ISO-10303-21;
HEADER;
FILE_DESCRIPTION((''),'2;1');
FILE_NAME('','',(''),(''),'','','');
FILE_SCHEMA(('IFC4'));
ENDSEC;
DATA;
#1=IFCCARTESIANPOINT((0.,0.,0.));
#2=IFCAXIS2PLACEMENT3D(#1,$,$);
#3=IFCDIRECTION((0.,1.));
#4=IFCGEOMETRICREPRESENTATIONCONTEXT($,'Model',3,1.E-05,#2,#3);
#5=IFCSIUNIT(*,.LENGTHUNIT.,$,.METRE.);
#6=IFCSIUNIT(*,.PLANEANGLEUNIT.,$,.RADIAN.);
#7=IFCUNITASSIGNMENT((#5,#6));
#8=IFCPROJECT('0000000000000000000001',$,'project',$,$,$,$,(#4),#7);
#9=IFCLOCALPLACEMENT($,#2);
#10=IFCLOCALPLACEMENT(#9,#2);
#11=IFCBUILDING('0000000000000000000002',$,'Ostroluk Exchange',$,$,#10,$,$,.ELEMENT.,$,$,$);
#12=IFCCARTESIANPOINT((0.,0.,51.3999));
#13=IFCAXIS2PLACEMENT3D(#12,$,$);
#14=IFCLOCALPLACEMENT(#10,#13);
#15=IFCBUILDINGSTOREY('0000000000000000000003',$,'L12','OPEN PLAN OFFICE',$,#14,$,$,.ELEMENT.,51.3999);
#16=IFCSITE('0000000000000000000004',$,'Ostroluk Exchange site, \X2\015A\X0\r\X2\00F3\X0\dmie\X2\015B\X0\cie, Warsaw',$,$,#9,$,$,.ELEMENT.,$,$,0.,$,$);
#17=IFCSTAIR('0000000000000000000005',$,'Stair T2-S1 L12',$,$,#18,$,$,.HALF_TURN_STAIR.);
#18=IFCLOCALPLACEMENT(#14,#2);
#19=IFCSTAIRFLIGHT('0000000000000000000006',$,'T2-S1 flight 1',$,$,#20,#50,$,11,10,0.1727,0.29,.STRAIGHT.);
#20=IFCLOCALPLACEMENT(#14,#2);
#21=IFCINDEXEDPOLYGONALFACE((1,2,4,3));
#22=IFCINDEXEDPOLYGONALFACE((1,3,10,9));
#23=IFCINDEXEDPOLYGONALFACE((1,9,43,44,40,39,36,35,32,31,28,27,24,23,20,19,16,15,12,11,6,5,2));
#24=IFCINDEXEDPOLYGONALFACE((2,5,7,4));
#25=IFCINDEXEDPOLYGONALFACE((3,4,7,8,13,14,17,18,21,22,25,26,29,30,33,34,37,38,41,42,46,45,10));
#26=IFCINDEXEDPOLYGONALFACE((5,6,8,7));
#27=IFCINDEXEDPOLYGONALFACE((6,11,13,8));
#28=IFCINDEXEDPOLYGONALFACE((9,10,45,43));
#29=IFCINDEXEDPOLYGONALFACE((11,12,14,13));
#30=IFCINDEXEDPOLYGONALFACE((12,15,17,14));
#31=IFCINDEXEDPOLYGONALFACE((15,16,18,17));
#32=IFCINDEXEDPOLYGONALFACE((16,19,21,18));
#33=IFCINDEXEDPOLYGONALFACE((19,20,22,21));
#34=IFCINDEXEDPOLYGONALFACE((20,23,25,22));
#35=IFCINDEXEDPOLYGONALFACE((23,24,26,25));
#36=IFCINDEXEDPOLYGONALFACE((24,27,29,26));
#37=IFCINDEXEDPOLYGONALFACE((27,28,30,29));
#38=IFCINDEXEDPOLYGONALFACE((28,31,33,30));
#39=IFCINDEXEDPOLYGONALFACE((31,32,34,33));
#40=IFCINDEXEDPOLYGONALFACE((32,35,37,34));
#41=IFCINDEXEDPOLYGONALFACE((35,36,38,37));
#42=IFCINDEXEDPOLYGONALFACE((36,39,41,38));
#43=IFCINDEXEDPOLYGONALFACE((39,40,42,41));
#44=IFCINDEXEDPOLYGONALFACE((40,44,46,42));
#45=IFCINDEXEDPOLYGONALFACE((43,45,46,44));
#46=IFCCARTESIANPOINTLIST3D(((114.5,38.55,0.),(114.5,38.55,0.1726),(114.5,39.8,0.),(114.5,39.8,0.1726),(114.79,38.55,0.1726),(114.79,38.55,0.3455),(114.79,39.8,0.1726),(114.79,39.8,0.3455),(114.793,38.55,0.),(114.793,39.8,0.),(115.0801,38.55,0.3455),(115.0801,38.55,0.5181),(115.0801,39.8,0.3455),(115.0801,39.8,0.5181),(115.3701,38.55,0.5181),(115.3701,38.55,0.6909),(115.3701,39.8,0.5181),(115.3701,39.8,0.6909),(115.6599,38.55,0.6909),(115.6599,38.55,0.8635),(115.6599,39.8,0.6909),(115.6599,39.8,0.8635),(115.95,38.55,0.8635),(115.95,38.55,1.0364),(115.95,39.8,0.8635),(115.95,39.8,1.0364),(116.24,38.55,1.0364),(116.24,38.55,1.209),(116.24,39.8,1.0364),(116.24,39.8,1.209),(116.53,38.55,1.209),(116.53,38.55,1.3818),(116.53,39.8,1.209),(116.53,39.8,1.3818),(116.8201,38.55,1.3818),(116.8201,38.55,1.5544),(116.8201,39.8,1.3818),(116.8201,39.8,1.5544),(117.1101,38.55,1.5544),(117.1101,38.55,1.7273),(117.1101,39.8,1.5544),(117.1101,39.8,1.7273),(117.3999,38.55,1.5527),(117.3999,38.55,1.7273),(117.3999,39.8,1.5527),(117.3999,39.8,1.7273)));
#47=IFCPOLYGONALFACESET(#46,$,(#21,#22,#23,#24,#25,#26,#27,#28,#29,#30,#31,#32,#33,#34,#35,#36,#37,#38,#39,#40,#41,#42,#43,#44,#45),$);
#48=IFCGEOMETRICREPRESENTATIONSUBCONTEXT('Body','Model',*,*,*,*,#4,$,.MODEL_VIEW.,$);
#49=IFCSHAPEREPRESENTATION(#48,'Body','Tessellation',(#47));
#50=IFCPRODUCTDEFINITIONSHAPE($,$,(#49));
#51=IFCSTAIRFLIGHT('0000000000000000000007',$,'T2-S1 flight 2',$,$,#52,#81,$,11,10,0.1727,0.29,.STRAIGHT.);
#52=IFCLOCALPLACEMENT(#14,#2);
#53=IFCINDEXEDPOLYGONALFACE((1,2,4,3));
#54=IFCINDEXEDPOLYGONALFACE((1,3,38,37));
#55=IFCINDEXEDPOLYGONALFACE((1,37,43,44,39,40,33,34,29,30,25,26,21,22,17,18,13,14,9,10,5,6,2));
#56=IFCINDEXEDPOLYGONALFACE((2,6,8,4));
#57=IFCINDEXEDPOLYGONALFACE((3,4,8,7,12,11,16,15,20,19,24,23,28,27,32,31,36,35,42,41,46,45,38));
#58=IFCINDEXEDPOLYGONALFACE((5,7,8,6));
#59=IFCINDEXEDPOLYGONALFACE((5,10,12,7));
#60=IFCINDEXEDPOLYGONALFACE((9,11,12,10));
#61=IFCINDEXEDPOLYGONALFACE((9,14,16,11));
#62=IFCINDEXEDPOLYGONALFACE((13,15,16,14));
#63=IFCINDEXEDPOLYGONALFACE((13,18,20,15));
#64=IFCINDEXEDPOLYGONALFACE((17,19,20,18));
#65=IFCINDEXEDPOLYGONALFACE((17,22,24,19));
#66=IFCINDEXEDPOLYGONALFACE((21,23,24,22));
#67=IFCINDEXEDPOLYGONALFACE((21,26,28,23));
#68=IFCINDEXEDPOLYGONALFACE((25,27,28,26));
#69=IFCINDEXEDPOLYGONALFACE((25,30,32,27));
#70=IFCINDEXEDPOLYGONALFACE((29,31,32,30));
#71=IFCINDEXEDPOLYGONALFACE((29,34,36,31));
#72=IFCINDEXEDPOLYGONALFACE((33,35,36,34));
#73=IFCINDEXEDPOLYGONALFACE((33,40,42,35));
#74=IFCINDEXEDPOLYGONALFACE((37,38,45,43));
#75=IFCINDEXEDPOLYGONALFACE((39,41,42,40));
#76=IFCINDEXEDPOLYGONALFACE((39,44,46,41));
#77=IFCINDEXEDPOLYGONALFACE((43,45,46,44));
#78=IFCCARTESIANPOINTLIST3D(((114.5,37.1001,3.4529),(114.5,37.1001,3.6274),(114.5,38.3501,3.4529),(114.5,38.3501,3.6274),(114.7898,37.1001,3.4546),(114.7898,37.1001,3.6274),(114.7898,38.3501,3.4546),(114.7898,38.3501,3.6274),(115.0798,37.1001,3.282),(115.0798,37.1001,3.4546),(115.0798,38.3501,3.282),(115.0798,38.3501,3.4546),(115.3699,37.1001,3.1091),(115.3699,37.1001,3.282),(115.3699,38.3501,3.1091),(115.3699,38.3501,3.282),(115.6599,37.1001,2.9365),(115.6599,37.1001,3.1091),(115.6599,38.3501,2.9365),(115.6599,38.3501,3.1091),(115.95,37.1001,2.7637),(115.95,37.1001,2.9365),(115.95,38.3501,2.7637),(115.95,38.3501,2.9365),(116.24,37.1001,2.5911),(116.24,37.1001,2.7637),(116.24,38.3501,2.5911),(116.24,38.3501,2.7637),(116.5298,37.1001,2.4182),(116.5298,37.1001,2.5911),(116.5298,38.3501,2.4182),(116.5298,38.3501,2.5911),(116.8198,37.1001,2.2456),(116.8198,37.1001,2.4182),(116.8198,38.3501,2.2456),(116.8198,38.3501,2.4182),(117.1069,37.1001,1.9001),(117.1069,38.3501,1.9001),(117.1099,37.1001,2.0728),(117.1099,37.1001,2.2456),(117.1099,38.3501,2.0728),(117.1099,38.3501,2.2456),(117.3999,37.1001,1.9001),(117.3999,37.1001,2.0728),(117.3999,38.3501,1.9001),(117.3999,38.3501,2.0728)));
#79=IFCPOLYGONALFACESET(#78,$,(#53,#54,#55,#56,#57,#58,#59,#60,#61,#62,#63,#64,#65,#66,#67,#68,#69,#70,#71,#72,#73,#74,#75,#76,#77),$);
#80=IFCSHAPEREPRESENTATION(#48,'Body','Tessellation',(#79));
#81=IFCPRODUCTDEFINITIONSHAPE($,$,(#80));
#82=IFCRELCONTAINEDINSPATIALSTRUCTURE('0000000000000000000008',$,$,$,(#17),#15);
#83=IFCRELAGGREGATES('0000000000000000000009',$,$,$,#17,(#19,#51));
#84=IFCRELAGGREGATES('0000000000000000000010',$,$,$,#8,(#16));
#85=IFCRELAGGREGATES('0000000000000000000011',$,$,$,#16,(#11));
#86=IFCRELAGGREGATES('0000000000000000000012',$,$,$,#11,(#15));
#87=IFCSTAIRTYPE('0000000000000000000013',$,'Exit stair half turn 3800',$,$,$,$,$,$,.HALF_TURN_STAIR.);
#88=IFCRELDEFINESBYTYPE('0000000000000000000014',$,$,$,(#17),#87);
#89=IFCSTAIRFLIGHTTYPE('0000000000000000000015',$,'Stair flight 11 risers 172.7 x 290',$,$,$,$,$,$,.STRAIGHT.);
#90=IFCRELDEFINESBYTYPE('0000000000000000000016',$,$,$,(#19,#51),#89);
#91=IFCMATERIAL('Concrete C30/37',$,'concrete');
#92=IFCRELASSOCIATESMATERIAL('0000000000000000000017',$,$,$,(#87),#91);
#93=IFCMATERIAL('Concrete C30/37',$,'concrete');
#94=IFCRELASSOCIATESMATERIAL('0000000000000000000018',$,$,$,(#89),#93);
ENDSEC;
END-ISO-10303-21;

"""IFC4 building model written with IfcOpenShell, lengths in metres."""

from ifc_helpers import new_model, si_unit, direction, frame, origin, place, context, subcontext, project, spatial, polyline, outline, extrude, material, type_object, element, aggregate, save


model = new_model("IFC4")

# Units and contexts
model_context = context("Model", 3, precision=1e-05, world=origin(), true_north=direction((0.0, 1.0)))
body_context = subcontext(model_context, "Body", "Model", "MODEL_VIEW")
ifc_project = project(units=[si_unit("LENGTHUNIT", "METRE"), si_unit("PLANEANGLEUNIT", "RADIAN")], contexts=[model_context])

# Site, building, storey
site_placement = place(None, origin())
site = spatial("IfcSite", under=ifc_project, at=site_placement, Name="Ostroluk Exchange site, Śródmieście, Warsaw", CompositionType="ELEMENT", RefElevation=0.0)
building_placement = place(site_placement, origin())
building = spatial("IfcBuilding", under=site, at=building_placement, Name="Ostroluk Exchange", CompositionType="ELEMENT")
storey_placement = place(building_placement, frame((0.0, 0.0, 51.3999)))
storey = spatial("IfcBuildingStorey", under=building, at=storey_placement, Name="L12", Description="OPEN PLAN OFFICE", CompositionType="ELEMENT", Elevation=51.3999)

# Stair, stair flights
ifc_material_1 = material(Name="Concrete C30/37", Category="concrete")
stair_type = type_object("IfcStairType", Name="Exit stair half turn 3800", PredefinedType="HALF_TURN_STAIR", material=ifc_material_1)
stair_placement = place(storey_placement, origin())
stair = element("IfcStair", 1, at=stair_placement, inside=storey, type_object=stair_type, Name="Stair T2-S1 L12", PredefinedType="HALF_TURN_STAIR")
ifc_material_2 = material(Name="Concrete C30/37", Category="concrete")
stair_flight_type = type_object("IfcStairFlightType", Name="Stair flight 11 risers 172.7 x 290", PredefinedType="STRAIGHT", material=ifc_material_2)
stair_flight_1_placement = place(storey_placement, frame((114.5, 39.175, 0.0), z_axis=(0.0, 0.0, 1.0), x_axis=(1.0, 0.0, 0.0)))
stair_flight_1 = element("IfcStairFlight", 2, at=stair_flight_1_placement, type_object=stair_flight_type, Name="T2-S1 flight 1", NumberOfRisers=11, NumberOfTreads=10, PredefinedType="STRAIGHT", RiserHeight=0.1727, TreadLength=0.29, context=body_context, shape_type="SweptSolid", body=[
    extrude(outline(polyline([(0.0, 0.0), (0.0, 0.1726), (0.29, 0.1726), (0.29, 0.3455), (0.5801, 0.3455), (0.5801, 0.5181), (0.8701, 0.5181), (0.8701, 0.6909), (1.1599, 0.6909), (1.1599, 0.8635), (1.45, 0.8635), (1.45, 1.0364), (1.74, 1.0364), (1.74, 1.209), (2.03, 1.209), (2.03, 1.3818), (2.3201, 1.3818), (2.3201, 1.5544), (2.6101, 1.5544), (2.6101, 1.7273), (2.8999, 1.7273), (2.8999, 1.8999), (2.8999, 1.5527), (0.293, 0.0), (0.0, 0.0)])), frame((0.0, 0.625, 0.0), z_axis=(0.0, -1.0, 0.0), x_axis=(1.0, 0.0, 0.0)), (0.0, 0.0, 1.0), 1.25),
])
stair_flight_2_placement = place(storey_placement, frame((117.3999, 37.7251, 1.9001), z_axis=(0.0, 0.0, 1.0), x_axis=(-1.0, 0.0, 0.0)))
stair_flight_2 = element("IfcStairFlight", 3, at=stair_flight_2_placement, type_object=stair_flight_type, Name="T2-S1 flight 2", NumberOfRisers=11, NumberOfTreads=10, PredefinedType="STRAIGHT", RiserHeight=0.1727, TreadLength=0.29, context=body_context, shape_type="SweptSolid", body=[
    extrude(outline(polyline([(0.0, 0.0), (0.0, 0.1726), (0.29, 0.1726), (0.29, 0.3455), (0.5801, 0.3455), (0.5801, 0.5181), (0.8701, 0.5181), (0.8701, 0.6909), (1.1599, 0.6909), (1.1599, 0.8635), (1.45, 0.8635), (1.45, 1.0364), (1.74, 1.0364), (1.74, 1.209), (2.03, 1.209), (2.03, 1.3818), (2.3201, 1.3818), (2.3201, 1.5544), (2.6101, 1.5544), (2.6101, 1.7273), (2.8999, 1.7273), (2.8999, 1.8999), (2.8999, 1.5527), (0.293, 0.0), (0.0, 0.0)])), frame((0.0, 0.625, 0.0), z_axis=(0.0, -1.0, 0.0), x_axis=(1.0, 0.0, 0.0)), (0.0, 0.0, 1.0), 1.25),
])
aggregate(stair, [stair_flight_1, stair_flight_2])

save(model, "model.ifc")
